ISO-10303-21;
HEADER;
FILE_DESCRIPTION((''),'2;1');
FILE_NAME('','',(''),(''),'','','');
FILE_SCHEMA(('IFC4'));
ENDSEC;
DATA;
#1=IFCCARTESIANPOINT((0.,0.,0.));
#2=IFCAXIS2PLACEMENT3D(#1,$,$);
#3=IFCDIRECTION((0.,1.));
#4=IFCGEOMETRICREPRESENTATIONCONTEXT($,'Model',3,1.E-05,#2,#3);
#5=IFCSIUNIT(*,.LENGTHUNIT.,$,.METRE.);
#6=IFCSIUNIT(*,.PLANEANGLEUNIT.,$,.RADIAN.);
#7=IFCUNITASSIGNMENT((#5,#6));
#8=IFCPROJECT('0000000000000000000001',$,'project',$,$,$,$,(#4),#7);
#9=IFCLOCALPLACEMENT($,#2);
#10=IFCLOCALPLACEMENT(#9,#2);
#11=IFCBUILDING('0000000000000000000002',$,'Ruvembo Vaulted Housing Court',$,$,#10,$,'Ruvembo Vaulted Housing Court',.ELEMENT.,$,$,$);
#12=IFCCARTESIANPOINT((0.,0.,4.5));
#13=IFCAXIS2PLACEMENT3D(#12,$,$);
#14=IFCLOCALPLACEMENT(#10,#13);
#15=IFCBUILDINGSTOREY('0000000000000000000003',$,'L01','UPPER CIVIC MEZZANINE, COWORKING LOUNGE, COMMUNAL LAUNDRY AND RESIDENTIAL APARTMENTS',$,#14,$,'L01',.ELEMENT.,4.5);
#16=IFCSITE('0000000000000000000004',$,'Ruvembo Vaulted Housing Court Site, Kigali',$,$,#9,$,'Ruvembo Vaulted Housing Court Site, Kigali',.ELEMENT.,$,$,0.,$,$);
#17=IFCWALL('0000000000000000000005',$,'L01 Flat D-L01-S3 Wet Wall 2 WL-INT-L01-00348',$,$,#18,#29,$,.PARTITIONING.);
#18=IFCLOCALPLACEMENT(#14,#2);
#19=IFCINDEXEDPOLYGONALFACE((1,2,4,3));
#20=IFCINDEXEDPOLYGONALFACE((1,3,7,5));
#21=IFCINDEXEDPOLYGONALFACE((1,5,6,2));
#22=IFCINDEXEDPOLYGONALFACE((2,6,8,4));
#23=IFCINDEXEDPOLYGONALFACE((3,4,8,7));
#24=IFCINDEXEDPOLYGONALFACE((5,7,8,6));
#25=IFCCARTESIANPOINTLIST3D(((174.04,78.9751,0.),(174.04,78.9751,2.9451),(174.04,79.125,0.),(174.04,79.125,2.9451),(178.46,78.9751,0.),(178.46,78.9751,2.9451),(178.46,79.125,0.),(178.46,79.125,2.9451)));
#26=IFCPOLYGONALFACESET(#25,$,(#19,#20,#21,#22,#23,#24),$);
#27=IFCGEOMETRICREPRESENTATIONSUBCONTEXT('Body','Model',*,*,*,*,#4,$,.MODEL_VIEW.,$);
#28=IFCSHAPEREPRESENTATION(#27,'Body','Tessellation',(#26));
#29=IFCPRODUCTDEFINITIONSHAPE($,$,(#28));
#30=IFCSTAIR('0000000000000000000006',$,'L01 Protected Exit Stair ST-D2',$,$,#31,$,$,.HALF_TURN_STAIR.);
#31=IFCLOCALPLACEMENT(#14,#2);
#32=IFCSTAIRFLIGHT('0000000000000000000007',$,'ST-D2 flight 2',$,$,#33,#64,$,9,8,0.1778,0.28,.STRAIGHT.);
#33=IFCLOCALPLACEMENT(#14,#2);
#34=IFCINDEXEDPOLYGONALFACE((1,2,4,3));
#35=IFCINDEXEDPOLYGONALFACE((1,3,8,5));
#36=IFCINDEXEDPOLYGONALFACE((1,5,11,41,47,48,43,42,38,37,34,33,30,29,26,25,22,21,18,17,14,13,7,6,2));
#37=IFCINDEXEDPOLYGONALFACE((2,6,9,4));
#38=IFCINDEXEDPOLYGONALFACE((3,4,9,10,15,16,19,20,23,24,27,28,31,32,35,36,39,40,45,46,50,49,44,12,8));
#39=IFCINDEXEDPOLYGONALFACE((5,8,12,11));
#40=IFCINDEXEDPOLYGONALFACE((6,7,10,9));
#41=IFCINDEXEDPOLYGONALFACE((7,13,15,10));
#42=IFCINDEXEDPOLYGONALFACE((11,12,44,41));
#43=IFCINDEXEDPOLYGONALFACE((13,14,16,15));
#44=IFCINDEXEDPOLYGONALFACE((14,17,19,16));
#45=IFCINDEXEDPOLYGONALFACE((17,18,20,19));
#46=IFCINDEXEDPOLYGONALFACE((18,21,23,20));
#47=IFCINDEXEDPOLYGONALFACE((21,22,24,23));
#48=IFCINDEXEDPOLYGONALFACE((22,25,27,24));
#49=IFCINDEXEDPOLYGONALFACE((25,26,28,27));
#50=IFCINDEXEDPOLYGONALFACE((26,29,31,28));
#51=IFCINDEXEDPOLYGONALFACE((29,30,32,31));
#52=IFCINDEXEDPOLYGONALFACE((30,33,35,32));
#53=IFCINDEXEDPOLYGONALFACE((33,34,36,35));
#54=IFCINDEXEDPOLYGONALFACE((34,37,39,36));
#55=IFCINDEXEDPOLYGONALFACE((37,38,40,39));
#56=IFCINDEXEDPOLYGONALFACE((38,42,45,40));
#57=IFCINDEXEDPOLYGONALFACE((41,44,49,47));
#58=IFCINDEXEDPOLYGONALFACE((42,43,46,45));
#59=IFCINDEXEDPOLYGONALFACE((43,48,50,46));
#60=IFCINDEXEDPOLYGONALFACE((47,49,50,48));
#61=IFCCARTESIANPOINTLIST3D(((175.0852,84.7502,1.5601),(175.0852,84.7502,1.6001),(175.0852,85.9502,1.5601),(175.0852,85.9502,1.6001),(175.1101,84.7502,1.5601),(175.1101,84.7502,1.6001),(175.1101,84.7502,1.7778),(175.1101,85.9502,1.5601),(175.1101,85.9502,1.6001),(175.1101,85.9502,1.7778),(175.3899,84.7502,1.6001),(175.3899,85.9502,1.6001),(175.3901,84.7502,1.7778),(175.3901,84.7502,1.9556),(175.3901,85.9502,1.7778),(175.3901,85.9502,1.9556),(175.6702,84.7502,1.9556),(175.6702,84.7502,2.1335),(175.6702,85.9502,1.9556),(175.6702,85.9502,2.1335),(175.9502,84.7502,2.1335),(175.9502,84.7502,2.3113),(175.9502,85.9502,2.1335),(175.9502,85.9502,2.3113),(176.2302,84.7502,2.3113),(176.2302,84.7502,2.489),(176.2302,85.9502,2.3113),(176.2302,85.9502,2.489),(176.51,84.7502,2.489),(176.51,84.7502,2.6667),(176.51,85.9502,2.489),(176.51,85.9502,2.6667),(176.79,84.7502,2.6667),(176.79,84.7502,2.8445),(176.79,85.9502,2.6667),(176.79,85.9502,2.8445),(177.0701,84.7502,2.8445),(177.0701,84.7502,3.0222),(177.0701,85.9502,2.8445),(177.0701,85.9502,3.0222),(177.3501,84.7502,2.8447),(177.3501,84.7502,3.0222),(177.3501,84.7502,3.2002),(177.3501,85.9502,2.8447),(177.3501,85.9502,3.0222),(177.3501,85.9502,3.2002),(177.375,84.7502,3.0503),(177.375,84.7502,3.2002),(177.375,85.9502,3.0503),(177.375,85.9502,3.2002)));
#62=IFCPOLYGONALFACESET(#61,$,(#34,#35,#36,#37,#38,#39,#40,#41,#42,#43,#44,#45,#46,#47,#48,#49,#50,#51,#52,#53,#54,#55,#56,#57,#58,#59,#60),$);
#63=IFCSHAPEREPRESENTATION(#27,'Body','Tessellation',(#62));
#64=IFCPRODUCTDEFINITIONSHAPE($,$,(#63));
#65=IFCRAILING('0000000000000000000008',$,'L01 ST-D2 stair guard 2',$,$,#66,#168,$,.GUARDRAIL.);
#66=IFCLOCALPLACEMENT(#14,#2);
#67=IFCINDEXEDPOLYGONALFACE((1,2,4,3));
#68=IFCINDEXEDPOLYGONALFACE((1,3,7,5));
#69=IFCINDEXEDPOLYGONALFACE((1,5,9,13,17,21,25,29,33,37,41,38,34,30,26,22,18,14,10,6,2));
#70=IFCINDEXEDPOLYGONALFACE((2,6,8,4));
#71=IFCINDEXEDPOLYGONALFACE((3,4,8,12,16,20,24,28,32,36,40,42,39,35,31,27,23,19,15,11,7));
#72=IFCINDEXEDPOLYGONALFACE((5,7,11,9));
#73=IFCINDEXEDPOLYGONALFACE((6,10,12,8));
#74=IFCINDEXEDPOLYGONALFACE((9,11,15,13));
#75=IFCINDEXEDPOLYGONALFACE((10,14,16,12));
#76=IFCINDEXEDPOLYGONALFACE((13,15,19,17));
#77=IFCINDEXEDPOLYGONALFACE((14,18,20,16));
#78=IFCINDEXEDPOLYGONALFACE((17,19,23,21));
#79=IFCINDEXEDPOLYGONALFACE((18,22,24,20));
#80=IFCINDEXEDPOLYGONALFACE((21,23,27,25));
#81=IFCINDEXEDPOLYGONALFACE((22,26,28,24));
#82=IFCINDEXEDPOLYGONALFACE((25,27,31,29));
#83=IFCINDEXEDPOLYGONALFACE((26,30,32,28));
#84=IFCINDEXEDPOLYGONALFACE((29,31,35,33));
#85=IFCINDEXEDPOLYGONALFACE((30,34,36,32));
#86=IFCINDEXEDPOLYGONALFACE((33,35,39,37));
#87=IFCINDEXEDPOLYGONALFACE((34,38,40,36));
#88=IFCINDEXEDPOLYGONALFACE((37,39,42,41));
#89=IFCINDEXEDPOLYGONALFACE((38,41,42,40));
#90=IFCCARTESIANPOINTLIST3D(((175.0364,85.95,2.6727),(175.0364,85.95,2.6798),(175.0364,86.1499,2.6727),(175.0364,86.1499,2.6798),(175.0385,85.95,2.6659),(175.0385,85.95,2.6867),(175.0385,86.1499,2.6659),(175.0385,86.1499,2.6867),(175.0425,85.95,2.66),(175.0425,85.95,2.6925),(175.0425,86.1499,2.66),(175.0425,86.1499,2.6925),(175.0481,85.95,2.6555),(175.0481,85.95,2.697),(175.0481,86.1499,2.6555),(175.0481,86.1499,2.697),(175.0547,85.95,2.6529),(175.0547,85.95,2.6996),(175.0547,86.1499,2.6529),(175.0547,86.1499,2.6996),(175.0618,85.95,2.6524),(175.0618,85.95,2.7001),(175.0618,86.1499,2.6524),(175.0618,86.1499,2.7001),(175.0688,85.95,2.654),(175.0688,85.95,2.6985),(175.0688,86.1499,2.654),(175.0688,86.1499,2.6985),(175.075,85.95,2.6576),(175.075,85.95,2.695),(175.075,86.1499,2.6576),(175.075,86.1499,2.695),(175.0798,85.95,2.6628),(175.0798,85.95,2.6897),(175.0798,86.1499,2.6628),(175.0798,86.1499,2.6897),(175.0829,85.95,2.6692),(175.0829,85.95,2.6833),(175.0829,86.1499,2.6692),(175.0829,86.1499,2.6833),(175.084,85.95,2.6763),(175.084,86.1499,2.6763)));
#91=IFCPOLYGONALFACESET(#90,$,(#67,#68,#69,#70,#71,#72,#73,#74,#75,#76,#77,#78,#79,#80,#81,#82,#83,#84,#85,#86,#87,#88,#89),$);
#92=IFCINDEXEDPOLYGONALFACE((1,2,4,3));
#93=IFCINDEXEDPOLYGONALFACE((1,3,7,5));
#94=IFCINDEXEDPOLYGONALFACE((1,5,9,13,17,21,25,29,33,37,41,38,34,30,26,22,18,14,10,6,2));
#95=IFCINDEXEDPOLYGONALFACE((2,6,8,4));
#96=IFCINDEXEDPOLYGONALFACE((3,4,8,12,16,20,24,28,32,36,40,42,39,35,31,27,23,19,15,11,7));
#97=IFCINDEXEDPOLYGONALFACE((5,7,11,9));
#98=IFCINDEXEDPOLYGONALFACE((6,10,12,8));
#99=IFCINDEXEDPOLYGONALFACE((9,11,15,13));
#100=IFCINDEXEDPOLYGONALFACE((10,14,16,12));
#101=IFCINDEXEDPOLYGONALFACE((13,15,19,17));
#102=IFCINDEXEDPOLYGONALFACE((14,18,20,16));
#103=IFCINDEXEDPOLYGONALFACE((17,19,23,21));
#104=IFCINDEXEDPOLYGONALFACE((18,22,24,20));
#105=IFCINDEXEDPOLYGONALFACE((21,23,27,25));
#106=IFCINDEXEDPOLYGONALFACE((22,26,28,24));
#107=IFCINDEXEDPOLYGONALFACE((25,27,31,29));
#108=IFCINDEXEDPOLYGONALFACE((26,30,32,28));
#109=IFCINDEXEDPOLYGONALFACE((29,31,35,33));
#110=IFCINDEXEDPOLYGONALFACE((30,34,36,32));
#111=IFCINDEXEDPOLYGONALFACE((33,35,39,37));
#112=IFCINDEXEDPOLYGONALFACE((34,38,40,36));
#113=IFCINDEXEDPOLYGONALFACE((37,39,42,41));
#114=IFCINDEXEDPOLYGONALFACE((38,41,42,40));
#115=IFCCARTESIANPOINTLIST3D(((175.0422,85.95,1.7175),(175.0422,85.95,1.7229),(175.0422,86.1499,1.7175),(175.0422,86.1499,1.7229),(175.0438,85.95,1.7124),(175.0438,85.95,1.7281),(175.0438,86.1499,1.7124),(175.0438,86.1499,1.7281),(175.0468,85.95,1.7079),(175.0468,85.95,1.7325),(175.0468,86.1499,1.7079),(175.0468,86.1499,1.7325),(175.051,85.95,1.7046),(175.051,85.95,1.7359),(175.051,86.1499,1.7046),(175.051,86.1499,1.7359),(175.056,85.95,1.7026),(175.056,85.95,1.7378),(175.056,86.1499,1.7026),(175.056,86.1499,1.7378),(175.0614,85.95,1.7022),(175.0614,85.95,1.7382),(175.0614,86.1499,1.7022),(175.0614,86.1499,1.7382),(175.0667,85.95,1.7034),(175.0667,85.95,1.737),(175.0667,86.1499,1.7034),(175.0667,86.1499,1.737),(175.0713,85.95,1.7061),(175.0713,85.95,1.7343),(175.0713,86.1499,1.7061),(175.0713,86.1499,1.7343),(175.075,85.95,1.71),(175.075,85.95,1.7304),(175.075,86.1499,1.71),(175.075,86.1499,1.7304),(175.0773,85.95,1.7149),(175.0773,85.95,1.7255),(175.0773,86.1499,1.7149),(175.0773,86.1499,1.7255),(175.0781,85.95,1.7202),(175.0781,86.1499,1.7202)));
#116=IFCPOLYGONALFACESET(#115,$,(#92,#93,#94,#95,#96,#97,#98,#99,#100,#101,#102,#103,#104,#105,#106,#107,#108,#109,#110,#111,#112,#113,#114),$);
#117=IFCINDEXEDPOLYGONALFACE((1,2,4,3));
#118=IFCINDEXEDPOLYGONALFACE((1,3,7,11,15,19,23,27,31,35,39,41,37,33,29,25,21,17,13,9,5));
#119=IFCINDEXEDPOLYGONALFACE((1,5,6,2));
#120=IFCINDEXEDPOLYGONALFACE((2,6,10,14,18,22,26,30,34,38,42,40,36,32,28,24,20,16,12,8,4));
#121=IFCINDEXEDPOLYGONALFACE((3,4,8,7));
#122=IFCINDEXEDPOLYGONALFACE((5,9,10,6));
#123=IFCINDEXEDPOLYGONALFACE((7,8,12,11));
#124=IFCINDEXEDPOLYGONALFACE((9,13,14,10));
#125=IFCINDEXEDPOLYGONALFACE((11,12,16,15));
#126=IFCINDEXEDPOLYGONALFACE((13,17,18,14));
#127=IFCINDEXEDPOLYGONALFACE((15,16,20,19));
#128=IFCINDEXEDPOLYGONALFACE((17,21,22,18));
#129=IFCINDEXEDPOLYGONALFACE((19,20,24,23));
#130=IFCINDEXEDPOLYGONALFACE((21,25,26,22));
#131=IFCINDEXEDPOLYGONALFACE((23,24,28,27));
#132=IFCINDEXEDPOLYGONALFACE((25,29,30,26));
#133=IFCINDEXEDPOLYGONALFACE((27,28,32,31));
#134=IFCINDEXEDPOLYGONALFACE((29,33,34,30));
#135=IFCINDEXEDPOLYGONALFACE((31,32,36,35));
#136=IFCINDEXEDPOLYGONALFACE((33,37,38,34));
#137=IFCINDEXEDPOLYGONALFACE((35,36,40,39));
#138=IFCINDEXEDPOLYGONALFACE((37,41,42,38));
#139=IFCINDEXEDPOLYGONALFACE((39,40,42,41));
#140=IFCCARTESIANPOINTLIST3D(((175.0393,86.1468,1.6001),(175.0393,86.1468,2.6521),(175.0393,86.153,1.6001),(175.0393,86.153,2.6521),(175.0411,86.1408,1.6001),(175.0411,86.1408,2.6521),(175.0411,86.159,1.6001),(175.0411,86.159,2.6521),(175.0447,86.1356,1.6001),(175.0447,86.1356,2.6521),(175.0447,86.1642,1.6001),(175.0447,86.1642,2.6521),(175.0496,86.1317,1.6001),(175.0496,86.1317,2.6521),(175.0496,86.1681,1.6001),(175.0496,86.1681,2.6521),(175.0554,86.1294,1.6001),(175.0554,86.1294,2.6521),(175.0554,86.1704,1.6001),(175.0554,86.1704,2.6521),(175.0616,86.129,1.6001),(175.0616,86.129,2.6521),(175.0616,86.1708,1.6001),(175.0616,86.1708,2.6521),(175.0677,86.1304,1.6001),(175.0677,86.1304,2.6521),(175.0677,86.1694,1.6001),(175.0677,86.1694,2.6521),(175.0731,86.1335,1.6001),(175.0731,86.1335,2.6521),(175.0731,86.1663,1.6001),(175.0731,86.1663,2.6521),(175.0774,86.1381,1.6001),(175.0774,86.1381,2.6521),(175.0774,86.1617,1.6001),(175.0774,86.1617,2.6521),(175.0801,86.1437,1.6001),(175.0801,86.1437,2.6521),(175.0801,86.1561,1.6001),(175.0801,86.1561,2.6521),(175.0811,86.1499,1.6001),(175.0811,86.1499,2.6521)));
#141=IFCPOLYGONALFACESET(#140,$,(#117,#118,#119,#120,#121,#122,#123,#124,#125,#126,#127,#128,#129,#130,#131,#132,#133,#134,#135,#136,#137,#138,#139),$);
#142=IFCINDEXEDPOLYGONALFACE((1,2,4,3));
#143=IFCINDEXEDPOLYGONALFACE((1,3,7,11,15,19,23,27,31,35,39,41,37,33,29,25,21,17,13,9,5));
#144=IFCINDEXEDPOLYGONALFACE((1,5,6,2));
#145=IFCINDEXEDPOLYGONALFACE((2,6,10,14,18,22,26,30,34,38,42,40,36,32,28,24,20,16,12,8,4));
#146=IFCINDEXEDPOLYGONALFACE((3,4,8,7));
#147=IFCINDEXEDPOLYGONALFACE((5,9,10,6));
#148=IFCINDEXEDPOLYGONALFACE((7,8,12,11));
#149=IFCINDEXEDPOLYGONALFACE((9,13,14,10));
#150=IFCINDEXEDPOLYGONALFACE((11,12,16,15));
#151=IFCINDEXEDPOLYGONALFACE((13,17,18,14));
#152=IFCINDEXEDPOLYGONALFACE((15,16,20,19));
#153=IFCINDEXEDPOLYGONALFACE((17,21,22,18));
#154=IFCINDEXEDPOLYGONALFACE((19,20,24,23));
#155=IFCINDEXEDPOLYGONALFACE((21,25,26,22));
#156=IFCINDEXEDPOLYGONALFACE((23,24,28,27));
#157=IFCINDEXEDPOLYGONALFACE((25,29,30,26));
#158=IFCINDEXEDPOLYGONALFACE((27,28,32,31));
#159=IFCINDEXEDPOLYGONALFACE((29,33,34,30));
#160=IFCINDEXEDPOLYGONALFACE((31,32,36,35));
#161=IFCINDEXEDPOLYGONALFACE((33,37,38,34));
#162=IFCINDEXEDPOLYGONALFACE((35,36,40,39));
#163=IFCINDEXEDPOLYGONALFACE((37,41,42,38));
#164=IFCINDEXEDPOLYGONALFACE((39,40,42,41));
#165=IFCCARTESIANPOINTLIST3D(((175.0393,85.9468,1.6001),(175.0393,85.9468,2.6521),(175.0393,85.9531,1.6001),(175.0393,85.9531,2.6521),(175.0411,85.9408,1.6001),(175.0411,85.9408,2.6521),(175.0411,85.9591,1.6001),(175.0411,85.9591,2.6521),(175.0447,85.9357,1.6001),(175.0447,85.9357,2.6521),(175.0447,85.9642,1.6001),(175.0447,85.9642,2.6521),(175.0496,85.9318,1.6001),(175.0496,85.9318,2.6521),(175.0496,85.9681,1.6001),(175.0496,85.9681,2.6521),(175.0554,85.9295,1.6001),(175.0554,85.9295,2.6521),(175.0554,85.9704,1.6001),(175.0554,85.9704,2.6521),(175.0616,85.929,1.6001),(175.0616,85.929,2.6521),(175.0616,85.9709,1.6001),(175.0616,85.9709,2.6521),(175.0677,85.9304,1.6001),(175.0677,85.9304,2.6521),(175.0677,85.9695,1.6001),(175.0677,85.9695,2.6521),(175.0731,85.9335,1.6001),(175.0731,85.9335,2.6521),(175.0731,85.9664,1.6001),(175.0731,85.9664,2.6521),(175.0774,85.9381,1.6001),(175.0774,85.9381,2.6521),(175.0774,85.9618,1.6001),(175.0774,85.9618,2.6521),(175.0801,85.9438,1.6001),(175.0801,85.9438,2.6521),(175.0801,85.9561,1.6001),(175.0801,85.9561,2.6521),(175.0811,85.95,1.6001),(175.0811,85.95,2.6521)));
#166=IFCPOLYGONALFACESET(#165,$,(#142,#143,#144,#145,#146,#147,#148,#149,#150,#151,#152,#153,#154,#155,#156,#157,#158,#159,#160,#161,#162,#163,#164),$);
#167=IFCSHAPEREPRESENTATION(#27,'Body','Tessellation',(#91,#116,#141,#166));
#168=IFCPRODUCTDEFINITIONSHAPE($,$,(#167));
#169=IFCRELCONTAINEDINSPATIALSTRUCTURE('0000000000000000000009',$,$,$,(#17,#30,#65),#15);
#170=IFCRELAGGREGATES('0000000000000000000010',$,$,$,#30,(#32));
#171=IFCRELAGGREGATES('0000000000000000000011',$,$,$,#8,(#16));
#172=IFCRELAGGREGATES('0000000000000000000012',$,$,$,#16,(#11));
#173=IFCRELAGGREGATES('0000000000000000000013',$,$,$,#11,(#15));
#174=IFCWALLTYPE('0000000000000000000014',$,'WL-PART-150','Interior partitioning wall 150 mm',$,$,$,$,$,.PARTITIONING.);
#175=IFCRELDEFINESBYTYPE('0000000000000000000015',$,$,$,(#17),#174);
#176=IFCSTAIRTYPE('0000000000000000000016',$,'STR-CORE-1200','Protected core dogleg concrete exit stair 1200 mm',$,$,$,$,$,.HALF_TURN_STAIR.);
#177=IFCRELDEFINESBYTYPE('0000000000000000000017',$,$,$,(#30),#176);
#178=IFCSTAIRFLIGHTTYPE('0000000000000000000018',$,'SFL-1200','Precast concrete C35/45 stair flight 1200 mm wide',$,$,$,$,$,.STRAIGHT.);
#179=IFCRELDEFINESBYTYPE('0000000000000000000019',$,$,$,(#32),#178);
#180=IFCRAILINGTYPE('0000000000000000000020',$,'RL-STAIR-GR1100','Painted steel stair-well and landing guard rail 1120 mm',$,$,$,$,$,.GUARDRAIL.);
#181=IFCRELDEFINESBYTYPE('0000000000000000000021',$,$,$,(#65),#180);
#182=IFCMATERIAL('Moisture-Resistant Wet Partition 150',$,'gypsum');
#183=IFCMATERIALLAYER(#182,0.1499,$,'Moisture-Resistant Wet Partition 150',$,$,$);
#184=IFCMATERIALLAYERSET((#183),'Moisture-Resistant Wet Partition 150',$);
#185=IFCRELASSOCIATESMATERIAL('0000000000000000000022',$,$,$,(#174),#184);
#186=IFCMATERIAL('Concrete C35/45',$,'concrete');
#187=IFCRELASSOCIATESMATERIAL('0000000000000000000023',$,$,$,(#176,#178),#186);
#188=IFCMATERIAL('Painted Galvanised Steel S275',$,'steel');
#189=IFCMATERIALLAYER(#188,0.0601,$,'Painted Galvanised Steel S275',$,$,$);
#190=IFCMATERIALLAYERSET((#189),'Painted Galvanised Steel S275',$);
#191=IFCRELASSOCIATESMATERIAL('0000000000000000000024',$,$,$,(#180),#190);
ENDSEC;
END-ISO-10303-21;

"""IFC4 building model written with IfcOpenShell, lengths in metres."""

from ifc_helpers import new_model, si_unit, direction, frame, frame_2d, origin, origin_2d, place, context, subcontext, project, spatial, polyline, rectangle, circle, outline, extrude, material, layer, layer_set, type_object, element, aggregate, save


model = new_model("IFC4")

# Units and contexts
model_context = context("Model", 3, precision=1e-05, world=origin(), true_north=direction((0.0, 1.0)))
body_context = subcontext(model_context, "Body", "Model", "MODEL_VIEW")
ifc_project = project(units=[si_unit("LENGTHUNIT", "METRE"), si_unit("PLANEANGLEUNIT", "RADIAN")], contexts=[model_context])

# Site, building, storey
site_placement = place(None, origin())
site = spatial("IfcSite", under=ifc_project, at=site_placement, Name="Ruvembo Vaulted Housing Court Site, Kigali", LongName="Ruvembo Vaulted Housing Court Site, Kigali", CompositionType="ELEMENT", RefElevation=0.0)
building_placement = place(site_placement, origin())
building = spatial("IfcBuilding", under=site, at=building_placement, Name="Ruvembo Vaulted Housing Court", LongName="Ruvembo Vaulted Housing Court", CompositionType="ELEMENT")
storey_placement = place(building_placement, frame((0.0, 0.0, 4.5)))
storey = spatial("IfcBuildingStorey", under=building, at=storey_placement, Name="L01", Description="UPPER CIVIC MEZZANINE, COWORKING LOUNGE, COMMUNAL LAUNDRY AND RESIDENTIAL APARTMENTS", LongName="L01", CompositionType="ELEMENT", Elevation=4.5)

# Shared definitions
ifc_material_1 = material(Name="Concrete C35/45", Category="concrete")

# Wall
ifc_material_2 = material(Name="Moisture-Resistant Wet Partition 150", Category="gypsum")
ifc_layer_1 = layer(ifc_material_2, 0.1499, Name="Moisture-Resistant Wet Partition 150")
ifc_layer_set_1 = layer_set([ifc_layer_1], Name="Moisture-Resistant Wet Partition 150")
wall_type_1 = type_object("IfcWallType", Name="WL-PART-150", Description="Interior partitioning wall 150 mm", PredefinedType="PARTITIONING", material=ifc_layer_set_1)
for number, where, z_axis, x_axis, name in (
    (1, (174.04, 79.05, 0.0), (0.0, 0.0, 1.0), (1.0, 0.0, 0.0), "L01 Flat D-L01-S3 Wet Wall 2 WL-INT-L01-00348"),
):
    element("IfcWall", number, at=place(storey_placement, frame(where, z_axis=z_axis, x_axis=x_axis)), inside=storey, type_object=wall_type_1, Name=name, PredefinedType="PARTITIONING", context=body_context, shape_type="SweptSolid", body=[
        extrude(rectangle(XDim=4.4199, YDim=0.1499, at=frame_2d((2.21, 0.0))), origin(), (0.0, 0.0, 1.0), 2.9451),
    ])

# Stair, stair flight
stair_type = type_object("IfcStairType", Name="STR-CORE-1200", Description="Protected core dogleg concrete exit stair 1200 mm", PredefinedType="HALF_TURN_STAIR", material=ifc_material_1)
stair_placement = place(storey_placement, origin())
stair = element("IfcStair", 2, at=stair_placement, inside=storey, type_object=stair_type, Name="L01 Protected Exit Stair ST-D2", PredefinedType="HALF_TURN_STAIR")
stair_flight_type = type_object("IfcStairFlightType", Name="SFL-1200", Description="Precast concrete C35/45 stair flight 1200 mm wide", PredefinedType="STRAIGHT", material=ifc_material_1)
stair_flight_placement = place(storey_placement, frame((175.1101, 85.3501, 1.6001), z_axis=(0.0, 0.0, 1.0), x_axis=(1.0, 0.0, 0.0)))
stair_flight = element("IfcStairFlight", 3, at=stair_flight_placement, type_object=stair_flight_type, Name="ST-D2 flight 2", NumberOfRisers=9, NumberOfTreads=8, PredefinedType="STRAIGHT", RiserHeight=0.1778, TreadLength=0.28, context=body_context, shape_type="SweptSolid", body=[
    extrude(outline(polyline([(-0.0249, -0.04), (-0.0249, 0.0), (0.0, 0.0), (0.0, 0.1777), (0.28, 0.1777), (0.28, 0.3555), (0.5601, 0.3555), (0.5601, 0.5334), (0.8401, 0.5334), (0.8401, 0.7112), (1.1201, 0.7112), (1.1201, 0.8889), (1.3999, 0.8889), (1.3999, 1.0667), (1.6799, 1.0667), (1.6799, 1.2444), (1.96, 1.2444), (1.96, 1.4221), (2.24, 1.4221), (2.24, 1.6001), (2.2649, 1.6001), (2.2649, 1.4502), (2.24, 1.2446), (0.2798, 0.0), (0.0, -0.04), (-0.0249, -0.04)])), frame((0.0, 0.6001, 0.0), z_axis=(0.0, -1.0, 0.0), x_axis=(1.0, 0.0, 0.0)), (0.0, 0.0, 1.0), 1.2),
])
aggregate(stair, [stair_flight])

# Railing
ifc_material_3 = material(Name="Painted Galvanised Steel S275", Category="steel")
ifc_layer_2 = layer(ifc_material_3, 0.0601, Name="Painted Galvanised Steel S275")
ifc_layer_set_2 = layer_set([ifc_layer_2], Name="Painted Galvanised Steel S275")
railing_type_1 = type_object("IfcRailingType", Name="RL-STAIR-GR1100", Description="Painted steel stair-well and landing guard rail 1120 mm", PredefinedType="GUARDRAIL", material=ifc_layer_set_2)
railing_1_placement = place(storey_placement, frame((175.0601, 86.1499, 1.6001)))
element("IfcRailing", 4, at=railing_1_placement, inside=storey, type_object=railing_type_1, Name="L01 ST-D2 stair guard 2", PredefinedType="GUARDRAIL", context=body_context, shape_type="SweptSolid", body=[
    extrude(circle(Radius=0.0239, at=origin_2d()), frame((0.0, 0.0, 1.0762), z_axis=(0.0, -1.0, 0.0), x_axis=(1.0, 0.0, 0.0)), (0.0, 0.0, 1.0), 0.2),
    extrude(circle(Radius=0.0181, at=origin_2d()), frame((0.0, 0.0, 0.1201), z_axis=(0.0, -1.0, 0.0), x_axis=(1.0, 0.0, 0.0)), (0.0, 0.0, 1.0), 0.2),
    extrude(circle(Radius=0.021, at=origin_2d()), origin(), (0.0, 0.0, 1.0), 1.052),
    extrude(circle(Radius=0.021, at=origin_2d()), frame((0.0, -0.2, 0.0)), (0.0, 0.0, 1.0), 1.052),
])

save(model, "model.ifc")
